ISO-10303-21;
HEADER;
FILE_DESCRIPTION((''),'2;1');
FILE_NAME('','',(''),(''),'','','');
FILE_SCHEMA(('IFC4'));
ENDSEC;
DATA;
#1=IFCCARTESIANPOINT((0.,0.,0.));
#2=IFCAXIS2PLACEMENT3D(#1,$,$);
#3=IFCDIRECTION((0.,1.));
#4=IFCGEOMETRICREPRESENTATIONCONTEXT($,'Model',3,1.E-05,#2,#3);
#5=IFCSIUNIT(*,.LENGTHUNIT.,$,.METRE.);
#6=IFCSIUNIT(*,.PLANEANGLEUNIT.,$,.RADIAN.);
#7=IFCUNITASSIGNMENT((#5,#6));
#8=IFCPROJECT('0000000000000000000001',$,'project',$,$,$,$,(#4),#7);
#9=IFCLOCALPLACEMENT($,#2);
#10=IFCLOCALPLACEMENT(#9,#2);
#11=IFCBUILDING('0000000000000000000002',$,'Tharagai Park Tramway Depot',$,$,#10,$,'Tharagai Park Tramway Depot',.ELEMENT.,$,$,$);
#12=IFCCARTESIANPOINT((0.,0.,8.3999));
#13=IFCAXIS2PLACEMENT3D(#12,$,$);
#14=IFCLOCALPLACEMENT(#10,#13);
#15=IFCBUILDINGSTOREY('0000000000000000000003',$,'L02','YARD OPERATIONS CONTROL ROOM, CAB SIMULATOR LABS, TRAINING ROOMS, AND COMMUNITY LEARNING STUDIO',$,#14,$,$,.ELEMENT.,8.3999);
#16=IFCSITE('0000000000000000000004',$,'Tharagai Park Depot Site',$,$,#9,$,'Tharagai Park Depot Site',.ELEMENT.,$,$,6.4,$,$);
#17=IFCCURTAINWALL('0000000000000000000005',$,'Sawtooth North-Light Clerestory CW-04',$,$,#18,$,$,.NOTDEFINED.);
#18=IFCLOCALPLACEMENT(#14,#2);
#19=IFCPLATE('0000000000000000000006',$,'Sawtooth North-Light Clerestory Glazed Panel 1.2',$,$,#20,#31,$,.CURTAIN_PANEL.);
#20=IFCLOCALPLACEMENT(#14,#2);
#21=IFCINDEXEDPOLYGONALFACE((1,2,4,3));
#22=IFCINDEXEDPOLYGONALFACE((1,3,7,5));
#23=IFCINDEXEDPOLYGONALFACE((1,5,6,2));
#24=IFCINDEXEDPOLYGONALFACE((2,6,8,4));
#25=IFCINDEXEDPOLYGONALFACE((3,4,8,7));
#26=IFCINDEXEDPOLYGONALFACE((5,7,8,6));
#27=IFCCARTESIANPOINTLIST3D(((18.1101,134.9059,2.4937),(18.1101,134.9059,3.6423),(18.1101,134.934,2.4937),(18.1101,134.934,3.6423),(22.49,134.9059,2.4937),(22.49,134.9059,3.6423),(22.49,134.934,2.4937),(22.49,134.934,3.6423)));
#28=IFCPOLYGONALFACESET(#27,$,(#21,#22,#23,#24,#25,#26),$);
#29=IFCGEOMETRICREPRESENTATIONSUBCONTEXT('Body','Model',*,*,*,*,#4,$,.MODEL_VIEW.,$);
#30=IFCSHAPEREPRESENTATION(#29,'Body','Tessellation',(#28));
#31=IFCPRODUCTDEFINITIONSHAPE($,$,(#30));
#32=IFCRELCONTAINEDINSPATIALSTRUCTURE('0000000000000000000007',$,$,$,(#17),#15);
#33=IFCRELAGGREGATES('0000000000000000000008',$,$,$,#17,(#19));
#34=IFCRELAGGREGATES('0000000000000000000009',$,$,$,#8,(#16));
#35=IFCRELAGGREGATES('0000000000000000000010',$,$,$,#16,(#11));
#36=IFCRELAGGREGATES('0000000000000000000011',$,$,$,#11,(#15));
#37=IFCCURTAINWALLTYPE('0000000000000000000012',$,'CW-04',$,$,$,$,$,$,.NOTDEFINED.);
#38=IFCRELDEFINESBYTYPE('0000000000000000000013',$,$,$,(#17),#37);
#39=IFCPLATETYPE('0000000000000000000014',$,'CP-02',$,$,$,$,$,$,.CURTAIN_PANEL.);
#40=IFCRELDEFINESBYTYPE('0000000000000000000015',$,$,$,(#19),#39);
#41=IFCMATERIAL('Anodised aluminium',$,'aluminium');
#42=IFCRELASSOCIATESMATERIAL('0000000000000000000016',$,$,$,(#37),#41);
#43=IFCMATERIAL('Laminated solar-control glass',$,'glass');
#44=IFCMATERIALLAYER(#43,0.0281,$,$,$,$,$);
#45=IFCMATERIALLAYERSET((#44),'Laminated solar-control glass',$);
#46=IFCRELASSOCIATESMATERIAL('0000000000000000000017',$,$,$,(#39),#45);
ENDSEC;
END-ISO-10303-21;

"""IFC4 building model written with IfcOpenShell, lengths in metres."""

from ifc_helpers import new_model, si_unit, direction, frame, origin, origin_2d, place, context, subcontext, project, spatial, rectangle, extrude, material, layer, layer_set, type_object, element, aggregate, save


model = new_model("IFC4")

# Units and contexts
model_context = context("Model", 3, precision=1e-05, world=origin(), true_north=direction((0.0, 1.0)))
body_context = subcontext(model_context, "Body", "Model", "MODEL_VIEW")
ifc_project = project(units=[si_unit("LENGTHUNIT", "METRE"), si_unit("PLANEANGLEUNIT", "RADIAN")], contexts=[model_context])

# Site, building, storey
site_placement = place(None, origin())
site = spatial("IfcSite", under=ifc_project, at=site_placement, Name="Tharagai Park Depot Site", LongName="Tharagai Park Depot Site", CompositionType="ELEMENT", RefElevation=6.4)
building_placement = place(site_placement, origin())
building = spatial("IfcBuilding", under=site, at=building_placement, Name="Tharagai Park Tramway Depot", LongName="Tharagai Park Tramway Depot", CompositionType="ELEMENT")
storey_placement = place(building_placement, frame((0.0, 0.0, 8.3999)))
storey = spatial("IfcBuildingStorey", under=building, at=storey_placement, Name="L02", Description="YARD OPERATIONS CONTROL ROOM, CAB SIMULATOR LABS, TRAINING ROOMS, AND COMMUNITY LEARNING STUDIO", CompositionType="ELEMENT", Elevation=8.3999)

# Curtain wall
ifc_material_1 = material(Name="Anodised aluminium", Category="aluminium")
curtain_wall_type_1 = type_object("IfcCurtainWallType", Name="CW-04", PredefinedType="NOTDEFINED", material=ifc_material_1)
curtain_wall_1_placement = place(storey_placement, origin())
curtain_wall_1 = element("IfcCurtainWall", 1, at=curtain_wall_1_placement, inside=storey, type_object=curtain_wall_type_1, Name="Sawtooth North-Light Clerestory CW-04", PredefinedType="NOTDEFINED")

# Plate
ifc_material_2 = material(Name="Laminated solar-control glass", Category="glass")
ifc_layer = layer(ifc_material_2, 0.0281)
ifc_layer_set = layer_set([ifc_layer], Name="Laminated solar-control glass")
plate_type = type_object("IfcPlateType", Name="CP-02", PredefinedType="CURTAIN_PANEL", material=ifc_layer_set)
plate_1_placement = place(storey_placement, frame((20.3, 134.9199, 2.4937), z_axis=(0.0, 0.0, 1.0), x_axis=(1.0, 0.0, 0.0)))
plate_1 = element("IfcPlate", 2, at=plate_1_placement, type_object=plate_type, Name="Sawtooth North-Light Clerestory Glazed Panel 1.2", PredefinedType="CURTAIN_PANEL", context=body_context, shape_type="SweptSolid", body=[
    extrude(rectangle(XDim=4.3799, YDim=0.0281, at=origin_2d()), origin(), (0.0, 0.0, 1.0), 1.1487),
])
aggregate(curtain_wall_1, [plate_1])

save(model, "model.ifc")
